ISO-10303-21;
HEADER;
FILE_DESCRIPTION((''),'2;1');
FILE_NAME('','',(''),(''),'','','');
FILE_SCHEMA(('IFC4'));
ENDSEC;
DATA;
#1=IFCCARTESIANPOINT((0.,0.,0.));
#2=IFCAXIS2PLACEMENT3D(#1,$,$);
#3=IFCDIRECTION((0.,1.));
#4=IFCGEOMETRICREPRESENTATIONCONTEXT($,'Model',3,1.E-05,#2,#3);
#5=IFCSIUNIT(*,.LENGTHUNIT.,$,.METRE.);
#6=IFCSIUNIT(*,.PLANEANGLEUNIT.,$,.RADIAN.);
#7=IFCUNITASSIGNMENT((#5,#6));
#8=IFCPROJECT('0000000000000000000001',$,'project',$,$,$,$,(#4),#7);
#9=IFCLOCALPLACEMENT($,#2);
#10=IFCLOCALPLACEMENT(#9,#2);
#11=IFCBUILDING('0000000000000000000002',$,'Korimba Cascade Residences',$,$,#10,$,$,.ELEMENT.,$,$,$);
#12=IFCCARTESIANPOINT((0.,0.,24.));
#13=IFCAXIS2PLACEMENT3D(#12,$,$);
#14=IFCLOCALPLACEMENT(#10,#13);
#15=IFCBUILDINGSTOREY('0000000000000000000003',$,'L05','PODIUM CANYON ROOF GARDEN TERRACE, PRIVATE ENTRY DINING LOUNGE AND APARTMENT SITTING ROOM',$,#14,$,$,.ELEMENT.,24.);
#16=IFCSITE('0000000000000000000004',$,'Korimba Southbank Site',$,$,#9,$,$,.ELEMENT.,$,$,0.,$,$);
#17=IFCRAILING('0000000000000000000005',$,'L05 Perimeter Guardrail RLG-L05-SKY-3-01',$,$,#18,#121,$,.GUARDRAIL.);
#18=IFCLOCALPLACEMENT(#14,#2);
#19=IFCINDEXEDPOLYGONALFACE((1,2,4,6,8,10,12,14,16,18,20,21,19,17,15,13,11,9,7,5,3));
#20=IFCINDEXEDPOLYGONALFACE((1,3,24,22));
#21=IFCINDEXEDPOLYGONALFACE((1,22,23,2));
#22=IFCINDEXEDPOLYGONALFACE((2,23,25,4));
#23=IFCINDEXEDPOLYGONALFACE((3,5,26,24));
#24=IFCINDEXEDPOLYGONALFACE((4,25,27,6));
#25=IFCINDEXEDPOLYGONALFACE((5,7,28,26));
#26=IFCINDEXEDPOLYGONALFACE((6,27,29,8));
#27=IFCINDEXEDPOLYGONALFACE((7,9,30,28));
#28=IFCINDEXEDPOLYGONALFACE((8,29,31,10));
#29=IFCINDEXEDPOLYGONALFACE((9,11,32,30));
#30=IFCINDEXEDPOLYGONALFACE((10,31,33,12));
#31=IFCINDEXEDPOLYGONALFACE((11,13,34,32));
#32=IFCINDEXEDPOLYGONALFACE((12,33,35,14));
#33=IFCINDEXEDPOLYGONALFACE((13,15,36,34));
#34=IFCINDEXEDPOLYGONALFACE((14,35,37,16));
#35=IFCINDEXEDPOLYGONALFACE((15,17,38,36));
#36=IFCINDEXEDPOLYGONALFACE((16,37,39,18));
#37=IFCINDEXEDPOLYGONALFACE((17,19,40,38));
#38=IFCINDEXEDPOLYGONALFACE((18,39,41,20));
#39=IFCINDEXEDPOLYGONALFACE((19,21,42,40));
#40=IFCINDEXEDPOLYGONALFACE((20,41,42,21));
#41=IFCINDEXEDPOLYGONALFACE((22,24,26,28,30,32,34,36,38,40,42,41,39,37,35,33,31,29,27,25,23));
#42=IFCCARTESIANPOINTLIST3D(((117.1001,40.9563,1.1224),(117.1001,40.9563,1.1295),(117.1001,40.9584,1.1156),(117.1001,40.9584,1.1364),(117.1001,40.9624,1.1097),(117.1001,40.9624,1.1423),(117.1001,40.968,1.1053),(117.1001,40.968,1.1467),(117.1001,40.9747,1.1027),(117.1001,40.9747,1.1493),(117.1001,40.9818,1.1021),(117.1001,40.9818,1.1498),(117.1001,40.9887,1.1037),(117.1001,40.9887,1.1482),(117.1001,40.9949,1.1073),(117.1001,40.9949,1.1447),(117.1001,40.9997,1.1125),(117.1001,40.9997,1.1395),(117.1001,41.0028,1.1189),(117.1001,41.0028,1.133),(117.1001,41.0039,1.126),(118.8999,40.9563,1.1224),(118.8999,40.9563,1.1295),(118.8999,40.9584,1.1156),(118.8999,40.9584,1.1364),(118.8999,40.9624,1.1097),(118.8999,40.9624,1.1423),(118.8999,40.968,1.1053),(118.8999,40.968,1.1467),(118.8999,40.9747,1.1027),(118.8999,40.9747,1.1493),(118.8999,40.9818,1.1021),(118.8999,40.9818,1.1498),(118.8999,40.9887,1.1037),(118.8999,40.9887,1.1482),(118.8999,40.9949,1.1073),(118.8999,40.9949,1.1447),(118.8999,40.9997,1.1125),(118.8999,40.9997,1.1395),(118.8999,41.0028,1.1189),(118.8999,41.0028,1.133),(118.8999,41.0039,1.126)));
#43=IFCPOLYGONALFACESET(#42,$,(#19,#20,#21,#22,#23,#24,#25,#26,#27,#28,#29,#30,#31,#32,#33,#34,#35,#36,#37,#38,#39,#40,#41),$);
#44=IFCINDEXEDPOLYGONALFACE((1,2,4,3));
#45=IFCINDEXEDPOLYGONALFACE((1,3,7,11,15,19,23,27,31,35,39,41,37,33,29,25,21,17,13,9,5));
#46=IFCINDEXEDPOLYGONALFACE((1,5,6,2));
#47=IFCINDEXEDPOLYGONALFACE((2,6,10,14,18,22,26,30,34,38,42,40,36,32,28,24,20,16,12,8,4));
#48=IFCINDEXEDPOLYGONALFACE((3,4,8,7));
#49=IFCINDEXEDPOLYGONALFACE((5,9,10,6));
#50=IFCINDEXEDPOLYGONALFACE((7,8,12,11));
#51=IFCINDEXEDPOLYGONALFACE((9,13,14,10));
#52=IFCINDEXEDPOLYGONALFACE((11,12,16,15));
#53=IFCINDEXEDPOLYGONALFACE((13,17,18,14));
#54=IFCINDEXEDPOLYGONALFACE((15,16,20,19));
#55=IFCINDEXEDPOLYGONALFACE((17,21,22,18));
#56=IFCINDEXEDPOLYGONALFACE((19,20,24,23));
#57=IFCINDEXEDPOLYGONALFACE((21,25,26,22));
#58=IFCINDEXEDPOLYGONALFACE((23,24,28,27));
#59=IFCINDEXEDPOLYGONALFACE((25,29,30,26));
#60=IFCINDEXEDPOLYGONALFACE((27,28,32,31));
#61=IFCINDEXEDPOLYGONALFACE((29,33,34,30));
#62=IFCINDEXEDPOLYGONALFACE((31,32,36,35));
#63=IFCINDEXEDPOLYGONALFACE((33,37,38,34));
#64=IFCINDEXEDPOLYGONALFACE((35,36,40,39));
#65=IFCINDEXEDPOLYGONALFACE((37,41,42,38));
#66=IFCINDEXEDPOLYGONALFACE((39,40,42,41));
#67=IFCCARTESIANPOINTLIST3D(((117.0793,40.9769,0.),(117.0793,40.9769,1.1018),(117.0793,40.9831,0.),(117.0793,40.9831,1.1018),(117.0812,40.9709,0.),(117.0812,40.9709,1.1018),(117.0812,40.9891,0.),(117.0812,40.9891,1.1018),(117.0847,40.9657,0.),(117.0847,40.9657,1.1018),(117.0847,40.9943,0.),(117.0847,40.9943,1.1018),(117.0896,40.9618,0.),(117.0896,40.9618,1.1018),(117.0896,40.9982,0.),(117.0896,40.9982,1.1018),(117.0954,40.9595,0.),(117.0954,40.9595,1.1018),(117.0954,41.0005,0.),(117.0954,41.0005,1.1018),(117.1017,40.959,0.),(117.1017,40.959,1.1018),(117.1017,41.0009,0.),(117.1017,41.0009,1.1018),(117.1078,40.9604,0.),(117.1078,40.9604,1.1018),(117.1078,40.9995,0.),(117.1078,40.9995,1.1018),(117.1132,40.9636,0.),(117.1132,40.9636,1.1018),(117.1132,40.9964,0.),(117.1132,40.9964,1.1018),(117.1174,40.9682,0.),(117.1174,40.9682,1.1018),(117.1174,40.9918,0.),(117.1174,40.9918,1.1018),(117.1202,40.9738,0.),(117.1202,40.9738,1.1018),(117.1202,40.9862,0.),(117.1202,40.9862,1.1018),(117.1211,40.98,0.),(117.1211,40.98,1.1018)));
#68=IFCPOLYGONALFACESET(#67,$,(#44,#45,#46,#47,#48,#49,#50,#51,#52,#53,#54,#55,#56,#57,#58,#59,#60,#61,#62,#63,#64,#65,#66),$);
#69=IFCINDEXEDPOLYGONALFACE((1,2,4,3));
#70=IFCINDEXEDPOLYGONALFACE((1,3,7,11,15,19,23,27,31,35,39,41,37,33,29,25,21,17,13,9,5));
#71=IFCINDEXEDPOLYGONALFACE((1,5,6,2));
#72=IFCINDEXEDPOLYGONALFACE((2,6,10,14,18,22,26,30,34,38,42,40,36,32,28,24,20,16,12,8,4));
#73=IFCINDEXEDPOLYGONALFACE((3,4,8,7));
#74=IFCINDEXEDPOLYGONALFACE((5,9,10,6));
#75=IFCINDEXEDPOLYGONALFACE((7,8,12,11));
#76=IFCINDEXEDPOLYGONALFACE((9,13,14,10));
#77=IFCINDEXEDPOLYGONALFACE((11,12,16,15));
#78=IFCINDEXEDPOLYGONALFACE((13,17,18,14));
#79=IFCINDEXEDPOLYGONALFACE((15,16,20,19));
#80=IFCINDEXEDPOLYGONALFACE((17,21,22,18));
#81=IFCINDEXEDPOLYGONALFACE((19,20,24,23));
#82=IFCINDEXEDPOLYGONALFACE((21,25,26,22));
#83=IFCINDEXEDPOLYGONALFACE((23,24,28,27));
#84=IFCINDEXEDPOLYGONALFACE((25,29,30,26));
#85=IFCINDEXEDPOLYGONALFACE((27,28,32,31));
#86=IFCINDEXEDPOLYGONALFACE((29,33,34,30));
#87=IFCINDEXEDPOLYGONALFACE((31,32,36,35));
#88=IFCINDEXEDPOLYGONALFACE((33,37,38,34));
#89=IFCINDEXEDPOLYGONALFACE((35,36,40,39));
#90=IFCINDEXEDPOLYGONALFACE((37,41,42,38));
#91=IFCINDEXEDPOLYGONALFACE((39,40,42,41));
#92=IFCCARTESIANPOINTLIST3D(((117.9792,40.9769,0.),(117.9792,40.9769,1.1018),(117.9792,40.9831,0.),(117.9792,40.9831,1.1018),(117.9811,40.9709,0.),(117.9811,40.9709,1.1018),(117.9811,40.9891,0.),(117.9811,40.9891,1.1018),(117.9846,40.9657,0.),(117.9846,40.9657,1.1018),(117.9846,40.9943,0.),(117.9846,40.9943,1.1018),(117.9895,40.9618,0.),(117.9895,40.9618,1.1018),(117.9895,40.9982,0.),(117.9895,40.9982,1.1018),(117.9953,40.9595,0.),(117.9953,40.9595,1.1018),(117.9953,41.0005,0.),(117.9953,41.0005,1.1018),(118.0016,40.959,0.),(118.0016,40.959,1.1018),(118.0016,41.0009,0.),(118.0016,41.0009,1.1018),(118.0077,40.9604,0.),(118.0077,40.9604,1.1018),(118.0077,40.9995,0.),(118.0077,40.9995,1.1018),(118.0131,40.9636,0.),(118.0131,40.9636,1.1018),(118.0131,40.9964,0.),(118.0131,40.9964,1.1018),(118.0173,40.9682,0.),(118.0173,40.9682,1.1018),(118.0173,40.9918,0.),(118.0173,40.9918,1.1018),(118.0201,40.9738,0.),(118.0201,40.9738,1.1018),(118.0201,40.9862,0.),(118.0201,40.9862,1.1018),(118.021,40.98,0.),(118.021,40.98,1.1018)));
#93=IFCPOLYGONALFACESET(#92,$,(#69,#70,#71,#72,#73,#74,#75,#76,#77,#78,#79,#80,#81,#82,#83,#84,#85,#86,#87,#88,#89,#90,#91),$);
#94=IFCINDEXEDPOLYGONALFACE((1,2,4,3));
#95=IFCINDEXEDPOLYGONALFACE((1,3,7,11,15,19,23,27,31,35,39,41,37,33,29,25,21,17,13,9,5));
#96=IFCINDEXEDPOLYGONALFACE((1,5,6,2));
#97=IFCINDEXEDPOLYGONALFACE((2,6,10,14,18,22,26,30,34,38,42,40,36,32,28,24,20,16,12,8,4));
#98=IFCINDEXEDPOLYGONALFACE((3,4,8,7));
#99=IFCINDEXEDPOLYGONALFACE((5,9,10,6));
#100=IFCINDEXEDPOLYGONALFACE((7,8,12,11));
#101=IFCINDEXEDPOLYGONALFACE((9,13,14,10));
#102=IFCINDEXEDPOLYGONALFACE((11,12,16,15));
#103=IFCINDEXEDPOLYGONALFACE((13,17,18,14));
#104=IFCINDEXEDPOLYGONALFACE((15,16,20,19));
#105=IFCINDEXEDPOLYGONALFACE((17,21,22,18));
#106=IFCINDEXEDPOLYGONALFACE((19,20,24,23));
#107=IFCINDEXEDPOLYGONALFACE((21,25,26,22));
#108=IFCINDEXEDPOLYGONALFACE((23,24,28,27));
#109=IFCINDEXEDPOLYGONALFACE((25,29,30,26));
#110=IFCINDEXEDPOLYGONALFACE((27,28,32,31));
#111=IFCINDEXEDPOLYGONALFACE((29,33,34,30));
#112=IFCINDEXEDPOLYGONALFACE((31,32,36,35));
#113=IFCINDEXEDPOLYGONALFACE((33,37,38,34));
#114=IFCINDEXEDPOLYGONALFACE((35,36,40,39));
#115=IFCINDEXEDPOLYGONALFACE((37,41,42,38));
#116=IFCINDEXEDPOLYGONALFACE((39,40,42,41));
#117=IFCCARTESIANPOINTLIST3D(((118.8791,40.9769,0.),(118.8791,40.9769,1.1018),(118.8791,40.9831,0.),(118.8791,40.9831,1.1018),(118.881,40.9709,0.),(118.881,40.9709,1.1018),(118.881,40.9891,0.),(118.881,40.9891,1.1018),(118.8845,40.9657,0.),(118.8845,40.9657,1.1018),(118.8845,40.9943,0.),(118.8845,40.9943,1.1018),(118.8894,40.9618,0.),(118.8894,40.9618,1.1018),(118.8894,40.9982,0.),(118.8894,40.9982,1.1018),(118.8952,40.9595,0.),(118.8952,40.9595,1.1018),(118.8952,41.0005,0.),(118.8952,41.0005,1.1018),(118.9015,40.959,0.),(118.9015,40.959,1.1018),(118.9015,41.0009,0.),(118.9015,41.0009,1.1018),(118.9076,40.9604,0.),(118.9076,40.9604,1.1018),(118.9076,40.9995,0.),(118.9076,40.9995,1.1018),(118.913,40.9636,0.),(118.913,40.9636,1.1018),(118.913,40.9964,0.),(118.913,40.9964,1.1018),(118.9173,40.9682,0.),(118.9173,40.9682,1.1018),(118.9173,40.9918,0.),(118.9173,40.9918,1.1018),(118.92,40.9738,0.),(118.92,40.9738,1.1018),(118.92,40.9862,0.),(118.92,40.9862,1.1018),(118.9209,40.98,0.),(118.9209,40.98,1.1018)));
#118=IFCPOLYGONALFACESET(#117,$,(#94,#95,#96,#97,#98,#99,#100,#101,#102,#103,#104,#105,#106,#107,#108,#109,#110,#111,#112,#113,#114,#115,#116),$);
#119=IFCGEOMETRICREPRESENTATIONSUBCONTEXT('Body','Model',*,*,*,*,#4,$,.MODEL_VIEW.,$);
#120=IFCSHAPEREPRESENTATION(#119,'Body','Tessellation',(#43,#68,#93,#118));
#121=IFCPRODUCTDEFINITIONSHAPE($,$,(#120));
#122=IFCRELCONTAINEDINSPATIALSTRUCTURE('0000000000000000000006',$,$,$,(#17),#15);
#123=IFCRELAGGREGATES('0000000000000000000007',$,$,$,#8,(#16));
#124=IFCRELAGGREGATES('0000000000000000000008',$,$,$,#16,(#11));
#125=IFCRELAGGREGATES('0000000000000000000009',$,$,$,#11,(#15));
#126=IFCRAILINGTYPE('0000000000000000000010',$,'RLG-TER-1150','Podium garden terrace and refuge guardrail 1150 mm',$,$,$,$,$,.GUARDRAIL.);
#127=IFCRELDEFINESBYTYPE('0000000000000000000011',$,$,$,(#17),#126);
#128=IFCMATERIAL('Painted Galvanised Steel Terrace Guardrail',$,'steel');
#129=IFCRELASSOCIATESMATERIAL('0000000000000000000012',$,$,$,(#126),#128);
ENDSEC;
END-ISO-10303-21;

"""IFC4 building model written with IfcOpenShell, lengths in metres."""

from ifc_helpers import new_model, si_unit, direction, frame, origin, origin_2d, place, context, subcontext, project, spatial, circle, extrude, material, type_object, element, save


model = new_model("IFC4")

# Units and contexts
model_context = context("Model", 3, precision=1e-05, world=origin(), true_north=direction((0.0, 1.0)))
body_context = subcontext(model_context, "Body", "Model", "MODEL_VIEW")
ifc_project = project(units=[si_unit("LENGTHUNIT", "METRE"), si_unit("PLANEANGLEUNIT", "RADIAN")], contexts=[model_context])

# Site, building, storey
site_placement = place(None, origin())
site = spatial("IfcSite", under=ifc_project, at=site_placement, Name="Korimba Southbank Site", CompositionType="ELEMENT", RefElevation=0.0)
building_placement = place(site_placement, origin())
building = spatial("IfcBuilding", under=site, at=building_placement, Name="Korimba Cascade Residences", CompositionType="ELEMENT")
storey_placement = place(building_placement, frame((0.0, 0.0, 24.0)))
storey = spatial("IfcBuildingStorey", under=building, at=storey_placement, Name="L05", Description="PODIUM CANYON ROOF GARDEN TERRACE, PRIVATE ENTRY DINING LOUNGE AND APARTMENT SITTING ROOM", CompositionType="ELEMENT", Elevation=24.0)

# Railing
ifc_material_1 = material(Name="Painted Galvanised Steel Terrace Guardrail", Category="steel")
railing_type = type_object("IfcRailingType", Name="RLG-TER-1150", Description="Podium garden terrace and refuge guardrail 1150 mm", PredefinedType="GUARDRAIL", material=ifc_material_1)
railing_1_placement = place(storey_placement, frame((117.1001, 40.98, 0.0)))
element("IfcRailing", 1, at=railing_1_placement, inside=storey, type_object=railing_type, Name="L05 Perimeter Guardrail RLG-L05-SKY-3-01", PredefinedType="GUARDRAIL", context=body_context, shape_type="SweptSolid", body=[
    extrude(circle(Radius=0.0239, at=origin_2d()), frame((0.0, 0.0, 1.126), z_axis=(1.0, 0.0, 0.0), x_axis=(0.0, 1.0, 0.0)), (0.0, 0.0, 1.0), 1.7998),
    extrude(circle(Radius=0.021, at=origin_2d()), origin(), (0.0, 0.0, 1.0), 1.1018),
    extrude(circle(Radius=0.021, at=origin_2d()), frame((0.8999, 0.0, 0.0)), (0.0, 0.0, 1.0), 1.1018),
    extrude(circle(Radius=0.021, at=origin_2d()), frame((1.7998, 0.0, 0.0)), (0.0, 0.0, 1.0), 1.1018),
])

save(model, "model.ifc")
